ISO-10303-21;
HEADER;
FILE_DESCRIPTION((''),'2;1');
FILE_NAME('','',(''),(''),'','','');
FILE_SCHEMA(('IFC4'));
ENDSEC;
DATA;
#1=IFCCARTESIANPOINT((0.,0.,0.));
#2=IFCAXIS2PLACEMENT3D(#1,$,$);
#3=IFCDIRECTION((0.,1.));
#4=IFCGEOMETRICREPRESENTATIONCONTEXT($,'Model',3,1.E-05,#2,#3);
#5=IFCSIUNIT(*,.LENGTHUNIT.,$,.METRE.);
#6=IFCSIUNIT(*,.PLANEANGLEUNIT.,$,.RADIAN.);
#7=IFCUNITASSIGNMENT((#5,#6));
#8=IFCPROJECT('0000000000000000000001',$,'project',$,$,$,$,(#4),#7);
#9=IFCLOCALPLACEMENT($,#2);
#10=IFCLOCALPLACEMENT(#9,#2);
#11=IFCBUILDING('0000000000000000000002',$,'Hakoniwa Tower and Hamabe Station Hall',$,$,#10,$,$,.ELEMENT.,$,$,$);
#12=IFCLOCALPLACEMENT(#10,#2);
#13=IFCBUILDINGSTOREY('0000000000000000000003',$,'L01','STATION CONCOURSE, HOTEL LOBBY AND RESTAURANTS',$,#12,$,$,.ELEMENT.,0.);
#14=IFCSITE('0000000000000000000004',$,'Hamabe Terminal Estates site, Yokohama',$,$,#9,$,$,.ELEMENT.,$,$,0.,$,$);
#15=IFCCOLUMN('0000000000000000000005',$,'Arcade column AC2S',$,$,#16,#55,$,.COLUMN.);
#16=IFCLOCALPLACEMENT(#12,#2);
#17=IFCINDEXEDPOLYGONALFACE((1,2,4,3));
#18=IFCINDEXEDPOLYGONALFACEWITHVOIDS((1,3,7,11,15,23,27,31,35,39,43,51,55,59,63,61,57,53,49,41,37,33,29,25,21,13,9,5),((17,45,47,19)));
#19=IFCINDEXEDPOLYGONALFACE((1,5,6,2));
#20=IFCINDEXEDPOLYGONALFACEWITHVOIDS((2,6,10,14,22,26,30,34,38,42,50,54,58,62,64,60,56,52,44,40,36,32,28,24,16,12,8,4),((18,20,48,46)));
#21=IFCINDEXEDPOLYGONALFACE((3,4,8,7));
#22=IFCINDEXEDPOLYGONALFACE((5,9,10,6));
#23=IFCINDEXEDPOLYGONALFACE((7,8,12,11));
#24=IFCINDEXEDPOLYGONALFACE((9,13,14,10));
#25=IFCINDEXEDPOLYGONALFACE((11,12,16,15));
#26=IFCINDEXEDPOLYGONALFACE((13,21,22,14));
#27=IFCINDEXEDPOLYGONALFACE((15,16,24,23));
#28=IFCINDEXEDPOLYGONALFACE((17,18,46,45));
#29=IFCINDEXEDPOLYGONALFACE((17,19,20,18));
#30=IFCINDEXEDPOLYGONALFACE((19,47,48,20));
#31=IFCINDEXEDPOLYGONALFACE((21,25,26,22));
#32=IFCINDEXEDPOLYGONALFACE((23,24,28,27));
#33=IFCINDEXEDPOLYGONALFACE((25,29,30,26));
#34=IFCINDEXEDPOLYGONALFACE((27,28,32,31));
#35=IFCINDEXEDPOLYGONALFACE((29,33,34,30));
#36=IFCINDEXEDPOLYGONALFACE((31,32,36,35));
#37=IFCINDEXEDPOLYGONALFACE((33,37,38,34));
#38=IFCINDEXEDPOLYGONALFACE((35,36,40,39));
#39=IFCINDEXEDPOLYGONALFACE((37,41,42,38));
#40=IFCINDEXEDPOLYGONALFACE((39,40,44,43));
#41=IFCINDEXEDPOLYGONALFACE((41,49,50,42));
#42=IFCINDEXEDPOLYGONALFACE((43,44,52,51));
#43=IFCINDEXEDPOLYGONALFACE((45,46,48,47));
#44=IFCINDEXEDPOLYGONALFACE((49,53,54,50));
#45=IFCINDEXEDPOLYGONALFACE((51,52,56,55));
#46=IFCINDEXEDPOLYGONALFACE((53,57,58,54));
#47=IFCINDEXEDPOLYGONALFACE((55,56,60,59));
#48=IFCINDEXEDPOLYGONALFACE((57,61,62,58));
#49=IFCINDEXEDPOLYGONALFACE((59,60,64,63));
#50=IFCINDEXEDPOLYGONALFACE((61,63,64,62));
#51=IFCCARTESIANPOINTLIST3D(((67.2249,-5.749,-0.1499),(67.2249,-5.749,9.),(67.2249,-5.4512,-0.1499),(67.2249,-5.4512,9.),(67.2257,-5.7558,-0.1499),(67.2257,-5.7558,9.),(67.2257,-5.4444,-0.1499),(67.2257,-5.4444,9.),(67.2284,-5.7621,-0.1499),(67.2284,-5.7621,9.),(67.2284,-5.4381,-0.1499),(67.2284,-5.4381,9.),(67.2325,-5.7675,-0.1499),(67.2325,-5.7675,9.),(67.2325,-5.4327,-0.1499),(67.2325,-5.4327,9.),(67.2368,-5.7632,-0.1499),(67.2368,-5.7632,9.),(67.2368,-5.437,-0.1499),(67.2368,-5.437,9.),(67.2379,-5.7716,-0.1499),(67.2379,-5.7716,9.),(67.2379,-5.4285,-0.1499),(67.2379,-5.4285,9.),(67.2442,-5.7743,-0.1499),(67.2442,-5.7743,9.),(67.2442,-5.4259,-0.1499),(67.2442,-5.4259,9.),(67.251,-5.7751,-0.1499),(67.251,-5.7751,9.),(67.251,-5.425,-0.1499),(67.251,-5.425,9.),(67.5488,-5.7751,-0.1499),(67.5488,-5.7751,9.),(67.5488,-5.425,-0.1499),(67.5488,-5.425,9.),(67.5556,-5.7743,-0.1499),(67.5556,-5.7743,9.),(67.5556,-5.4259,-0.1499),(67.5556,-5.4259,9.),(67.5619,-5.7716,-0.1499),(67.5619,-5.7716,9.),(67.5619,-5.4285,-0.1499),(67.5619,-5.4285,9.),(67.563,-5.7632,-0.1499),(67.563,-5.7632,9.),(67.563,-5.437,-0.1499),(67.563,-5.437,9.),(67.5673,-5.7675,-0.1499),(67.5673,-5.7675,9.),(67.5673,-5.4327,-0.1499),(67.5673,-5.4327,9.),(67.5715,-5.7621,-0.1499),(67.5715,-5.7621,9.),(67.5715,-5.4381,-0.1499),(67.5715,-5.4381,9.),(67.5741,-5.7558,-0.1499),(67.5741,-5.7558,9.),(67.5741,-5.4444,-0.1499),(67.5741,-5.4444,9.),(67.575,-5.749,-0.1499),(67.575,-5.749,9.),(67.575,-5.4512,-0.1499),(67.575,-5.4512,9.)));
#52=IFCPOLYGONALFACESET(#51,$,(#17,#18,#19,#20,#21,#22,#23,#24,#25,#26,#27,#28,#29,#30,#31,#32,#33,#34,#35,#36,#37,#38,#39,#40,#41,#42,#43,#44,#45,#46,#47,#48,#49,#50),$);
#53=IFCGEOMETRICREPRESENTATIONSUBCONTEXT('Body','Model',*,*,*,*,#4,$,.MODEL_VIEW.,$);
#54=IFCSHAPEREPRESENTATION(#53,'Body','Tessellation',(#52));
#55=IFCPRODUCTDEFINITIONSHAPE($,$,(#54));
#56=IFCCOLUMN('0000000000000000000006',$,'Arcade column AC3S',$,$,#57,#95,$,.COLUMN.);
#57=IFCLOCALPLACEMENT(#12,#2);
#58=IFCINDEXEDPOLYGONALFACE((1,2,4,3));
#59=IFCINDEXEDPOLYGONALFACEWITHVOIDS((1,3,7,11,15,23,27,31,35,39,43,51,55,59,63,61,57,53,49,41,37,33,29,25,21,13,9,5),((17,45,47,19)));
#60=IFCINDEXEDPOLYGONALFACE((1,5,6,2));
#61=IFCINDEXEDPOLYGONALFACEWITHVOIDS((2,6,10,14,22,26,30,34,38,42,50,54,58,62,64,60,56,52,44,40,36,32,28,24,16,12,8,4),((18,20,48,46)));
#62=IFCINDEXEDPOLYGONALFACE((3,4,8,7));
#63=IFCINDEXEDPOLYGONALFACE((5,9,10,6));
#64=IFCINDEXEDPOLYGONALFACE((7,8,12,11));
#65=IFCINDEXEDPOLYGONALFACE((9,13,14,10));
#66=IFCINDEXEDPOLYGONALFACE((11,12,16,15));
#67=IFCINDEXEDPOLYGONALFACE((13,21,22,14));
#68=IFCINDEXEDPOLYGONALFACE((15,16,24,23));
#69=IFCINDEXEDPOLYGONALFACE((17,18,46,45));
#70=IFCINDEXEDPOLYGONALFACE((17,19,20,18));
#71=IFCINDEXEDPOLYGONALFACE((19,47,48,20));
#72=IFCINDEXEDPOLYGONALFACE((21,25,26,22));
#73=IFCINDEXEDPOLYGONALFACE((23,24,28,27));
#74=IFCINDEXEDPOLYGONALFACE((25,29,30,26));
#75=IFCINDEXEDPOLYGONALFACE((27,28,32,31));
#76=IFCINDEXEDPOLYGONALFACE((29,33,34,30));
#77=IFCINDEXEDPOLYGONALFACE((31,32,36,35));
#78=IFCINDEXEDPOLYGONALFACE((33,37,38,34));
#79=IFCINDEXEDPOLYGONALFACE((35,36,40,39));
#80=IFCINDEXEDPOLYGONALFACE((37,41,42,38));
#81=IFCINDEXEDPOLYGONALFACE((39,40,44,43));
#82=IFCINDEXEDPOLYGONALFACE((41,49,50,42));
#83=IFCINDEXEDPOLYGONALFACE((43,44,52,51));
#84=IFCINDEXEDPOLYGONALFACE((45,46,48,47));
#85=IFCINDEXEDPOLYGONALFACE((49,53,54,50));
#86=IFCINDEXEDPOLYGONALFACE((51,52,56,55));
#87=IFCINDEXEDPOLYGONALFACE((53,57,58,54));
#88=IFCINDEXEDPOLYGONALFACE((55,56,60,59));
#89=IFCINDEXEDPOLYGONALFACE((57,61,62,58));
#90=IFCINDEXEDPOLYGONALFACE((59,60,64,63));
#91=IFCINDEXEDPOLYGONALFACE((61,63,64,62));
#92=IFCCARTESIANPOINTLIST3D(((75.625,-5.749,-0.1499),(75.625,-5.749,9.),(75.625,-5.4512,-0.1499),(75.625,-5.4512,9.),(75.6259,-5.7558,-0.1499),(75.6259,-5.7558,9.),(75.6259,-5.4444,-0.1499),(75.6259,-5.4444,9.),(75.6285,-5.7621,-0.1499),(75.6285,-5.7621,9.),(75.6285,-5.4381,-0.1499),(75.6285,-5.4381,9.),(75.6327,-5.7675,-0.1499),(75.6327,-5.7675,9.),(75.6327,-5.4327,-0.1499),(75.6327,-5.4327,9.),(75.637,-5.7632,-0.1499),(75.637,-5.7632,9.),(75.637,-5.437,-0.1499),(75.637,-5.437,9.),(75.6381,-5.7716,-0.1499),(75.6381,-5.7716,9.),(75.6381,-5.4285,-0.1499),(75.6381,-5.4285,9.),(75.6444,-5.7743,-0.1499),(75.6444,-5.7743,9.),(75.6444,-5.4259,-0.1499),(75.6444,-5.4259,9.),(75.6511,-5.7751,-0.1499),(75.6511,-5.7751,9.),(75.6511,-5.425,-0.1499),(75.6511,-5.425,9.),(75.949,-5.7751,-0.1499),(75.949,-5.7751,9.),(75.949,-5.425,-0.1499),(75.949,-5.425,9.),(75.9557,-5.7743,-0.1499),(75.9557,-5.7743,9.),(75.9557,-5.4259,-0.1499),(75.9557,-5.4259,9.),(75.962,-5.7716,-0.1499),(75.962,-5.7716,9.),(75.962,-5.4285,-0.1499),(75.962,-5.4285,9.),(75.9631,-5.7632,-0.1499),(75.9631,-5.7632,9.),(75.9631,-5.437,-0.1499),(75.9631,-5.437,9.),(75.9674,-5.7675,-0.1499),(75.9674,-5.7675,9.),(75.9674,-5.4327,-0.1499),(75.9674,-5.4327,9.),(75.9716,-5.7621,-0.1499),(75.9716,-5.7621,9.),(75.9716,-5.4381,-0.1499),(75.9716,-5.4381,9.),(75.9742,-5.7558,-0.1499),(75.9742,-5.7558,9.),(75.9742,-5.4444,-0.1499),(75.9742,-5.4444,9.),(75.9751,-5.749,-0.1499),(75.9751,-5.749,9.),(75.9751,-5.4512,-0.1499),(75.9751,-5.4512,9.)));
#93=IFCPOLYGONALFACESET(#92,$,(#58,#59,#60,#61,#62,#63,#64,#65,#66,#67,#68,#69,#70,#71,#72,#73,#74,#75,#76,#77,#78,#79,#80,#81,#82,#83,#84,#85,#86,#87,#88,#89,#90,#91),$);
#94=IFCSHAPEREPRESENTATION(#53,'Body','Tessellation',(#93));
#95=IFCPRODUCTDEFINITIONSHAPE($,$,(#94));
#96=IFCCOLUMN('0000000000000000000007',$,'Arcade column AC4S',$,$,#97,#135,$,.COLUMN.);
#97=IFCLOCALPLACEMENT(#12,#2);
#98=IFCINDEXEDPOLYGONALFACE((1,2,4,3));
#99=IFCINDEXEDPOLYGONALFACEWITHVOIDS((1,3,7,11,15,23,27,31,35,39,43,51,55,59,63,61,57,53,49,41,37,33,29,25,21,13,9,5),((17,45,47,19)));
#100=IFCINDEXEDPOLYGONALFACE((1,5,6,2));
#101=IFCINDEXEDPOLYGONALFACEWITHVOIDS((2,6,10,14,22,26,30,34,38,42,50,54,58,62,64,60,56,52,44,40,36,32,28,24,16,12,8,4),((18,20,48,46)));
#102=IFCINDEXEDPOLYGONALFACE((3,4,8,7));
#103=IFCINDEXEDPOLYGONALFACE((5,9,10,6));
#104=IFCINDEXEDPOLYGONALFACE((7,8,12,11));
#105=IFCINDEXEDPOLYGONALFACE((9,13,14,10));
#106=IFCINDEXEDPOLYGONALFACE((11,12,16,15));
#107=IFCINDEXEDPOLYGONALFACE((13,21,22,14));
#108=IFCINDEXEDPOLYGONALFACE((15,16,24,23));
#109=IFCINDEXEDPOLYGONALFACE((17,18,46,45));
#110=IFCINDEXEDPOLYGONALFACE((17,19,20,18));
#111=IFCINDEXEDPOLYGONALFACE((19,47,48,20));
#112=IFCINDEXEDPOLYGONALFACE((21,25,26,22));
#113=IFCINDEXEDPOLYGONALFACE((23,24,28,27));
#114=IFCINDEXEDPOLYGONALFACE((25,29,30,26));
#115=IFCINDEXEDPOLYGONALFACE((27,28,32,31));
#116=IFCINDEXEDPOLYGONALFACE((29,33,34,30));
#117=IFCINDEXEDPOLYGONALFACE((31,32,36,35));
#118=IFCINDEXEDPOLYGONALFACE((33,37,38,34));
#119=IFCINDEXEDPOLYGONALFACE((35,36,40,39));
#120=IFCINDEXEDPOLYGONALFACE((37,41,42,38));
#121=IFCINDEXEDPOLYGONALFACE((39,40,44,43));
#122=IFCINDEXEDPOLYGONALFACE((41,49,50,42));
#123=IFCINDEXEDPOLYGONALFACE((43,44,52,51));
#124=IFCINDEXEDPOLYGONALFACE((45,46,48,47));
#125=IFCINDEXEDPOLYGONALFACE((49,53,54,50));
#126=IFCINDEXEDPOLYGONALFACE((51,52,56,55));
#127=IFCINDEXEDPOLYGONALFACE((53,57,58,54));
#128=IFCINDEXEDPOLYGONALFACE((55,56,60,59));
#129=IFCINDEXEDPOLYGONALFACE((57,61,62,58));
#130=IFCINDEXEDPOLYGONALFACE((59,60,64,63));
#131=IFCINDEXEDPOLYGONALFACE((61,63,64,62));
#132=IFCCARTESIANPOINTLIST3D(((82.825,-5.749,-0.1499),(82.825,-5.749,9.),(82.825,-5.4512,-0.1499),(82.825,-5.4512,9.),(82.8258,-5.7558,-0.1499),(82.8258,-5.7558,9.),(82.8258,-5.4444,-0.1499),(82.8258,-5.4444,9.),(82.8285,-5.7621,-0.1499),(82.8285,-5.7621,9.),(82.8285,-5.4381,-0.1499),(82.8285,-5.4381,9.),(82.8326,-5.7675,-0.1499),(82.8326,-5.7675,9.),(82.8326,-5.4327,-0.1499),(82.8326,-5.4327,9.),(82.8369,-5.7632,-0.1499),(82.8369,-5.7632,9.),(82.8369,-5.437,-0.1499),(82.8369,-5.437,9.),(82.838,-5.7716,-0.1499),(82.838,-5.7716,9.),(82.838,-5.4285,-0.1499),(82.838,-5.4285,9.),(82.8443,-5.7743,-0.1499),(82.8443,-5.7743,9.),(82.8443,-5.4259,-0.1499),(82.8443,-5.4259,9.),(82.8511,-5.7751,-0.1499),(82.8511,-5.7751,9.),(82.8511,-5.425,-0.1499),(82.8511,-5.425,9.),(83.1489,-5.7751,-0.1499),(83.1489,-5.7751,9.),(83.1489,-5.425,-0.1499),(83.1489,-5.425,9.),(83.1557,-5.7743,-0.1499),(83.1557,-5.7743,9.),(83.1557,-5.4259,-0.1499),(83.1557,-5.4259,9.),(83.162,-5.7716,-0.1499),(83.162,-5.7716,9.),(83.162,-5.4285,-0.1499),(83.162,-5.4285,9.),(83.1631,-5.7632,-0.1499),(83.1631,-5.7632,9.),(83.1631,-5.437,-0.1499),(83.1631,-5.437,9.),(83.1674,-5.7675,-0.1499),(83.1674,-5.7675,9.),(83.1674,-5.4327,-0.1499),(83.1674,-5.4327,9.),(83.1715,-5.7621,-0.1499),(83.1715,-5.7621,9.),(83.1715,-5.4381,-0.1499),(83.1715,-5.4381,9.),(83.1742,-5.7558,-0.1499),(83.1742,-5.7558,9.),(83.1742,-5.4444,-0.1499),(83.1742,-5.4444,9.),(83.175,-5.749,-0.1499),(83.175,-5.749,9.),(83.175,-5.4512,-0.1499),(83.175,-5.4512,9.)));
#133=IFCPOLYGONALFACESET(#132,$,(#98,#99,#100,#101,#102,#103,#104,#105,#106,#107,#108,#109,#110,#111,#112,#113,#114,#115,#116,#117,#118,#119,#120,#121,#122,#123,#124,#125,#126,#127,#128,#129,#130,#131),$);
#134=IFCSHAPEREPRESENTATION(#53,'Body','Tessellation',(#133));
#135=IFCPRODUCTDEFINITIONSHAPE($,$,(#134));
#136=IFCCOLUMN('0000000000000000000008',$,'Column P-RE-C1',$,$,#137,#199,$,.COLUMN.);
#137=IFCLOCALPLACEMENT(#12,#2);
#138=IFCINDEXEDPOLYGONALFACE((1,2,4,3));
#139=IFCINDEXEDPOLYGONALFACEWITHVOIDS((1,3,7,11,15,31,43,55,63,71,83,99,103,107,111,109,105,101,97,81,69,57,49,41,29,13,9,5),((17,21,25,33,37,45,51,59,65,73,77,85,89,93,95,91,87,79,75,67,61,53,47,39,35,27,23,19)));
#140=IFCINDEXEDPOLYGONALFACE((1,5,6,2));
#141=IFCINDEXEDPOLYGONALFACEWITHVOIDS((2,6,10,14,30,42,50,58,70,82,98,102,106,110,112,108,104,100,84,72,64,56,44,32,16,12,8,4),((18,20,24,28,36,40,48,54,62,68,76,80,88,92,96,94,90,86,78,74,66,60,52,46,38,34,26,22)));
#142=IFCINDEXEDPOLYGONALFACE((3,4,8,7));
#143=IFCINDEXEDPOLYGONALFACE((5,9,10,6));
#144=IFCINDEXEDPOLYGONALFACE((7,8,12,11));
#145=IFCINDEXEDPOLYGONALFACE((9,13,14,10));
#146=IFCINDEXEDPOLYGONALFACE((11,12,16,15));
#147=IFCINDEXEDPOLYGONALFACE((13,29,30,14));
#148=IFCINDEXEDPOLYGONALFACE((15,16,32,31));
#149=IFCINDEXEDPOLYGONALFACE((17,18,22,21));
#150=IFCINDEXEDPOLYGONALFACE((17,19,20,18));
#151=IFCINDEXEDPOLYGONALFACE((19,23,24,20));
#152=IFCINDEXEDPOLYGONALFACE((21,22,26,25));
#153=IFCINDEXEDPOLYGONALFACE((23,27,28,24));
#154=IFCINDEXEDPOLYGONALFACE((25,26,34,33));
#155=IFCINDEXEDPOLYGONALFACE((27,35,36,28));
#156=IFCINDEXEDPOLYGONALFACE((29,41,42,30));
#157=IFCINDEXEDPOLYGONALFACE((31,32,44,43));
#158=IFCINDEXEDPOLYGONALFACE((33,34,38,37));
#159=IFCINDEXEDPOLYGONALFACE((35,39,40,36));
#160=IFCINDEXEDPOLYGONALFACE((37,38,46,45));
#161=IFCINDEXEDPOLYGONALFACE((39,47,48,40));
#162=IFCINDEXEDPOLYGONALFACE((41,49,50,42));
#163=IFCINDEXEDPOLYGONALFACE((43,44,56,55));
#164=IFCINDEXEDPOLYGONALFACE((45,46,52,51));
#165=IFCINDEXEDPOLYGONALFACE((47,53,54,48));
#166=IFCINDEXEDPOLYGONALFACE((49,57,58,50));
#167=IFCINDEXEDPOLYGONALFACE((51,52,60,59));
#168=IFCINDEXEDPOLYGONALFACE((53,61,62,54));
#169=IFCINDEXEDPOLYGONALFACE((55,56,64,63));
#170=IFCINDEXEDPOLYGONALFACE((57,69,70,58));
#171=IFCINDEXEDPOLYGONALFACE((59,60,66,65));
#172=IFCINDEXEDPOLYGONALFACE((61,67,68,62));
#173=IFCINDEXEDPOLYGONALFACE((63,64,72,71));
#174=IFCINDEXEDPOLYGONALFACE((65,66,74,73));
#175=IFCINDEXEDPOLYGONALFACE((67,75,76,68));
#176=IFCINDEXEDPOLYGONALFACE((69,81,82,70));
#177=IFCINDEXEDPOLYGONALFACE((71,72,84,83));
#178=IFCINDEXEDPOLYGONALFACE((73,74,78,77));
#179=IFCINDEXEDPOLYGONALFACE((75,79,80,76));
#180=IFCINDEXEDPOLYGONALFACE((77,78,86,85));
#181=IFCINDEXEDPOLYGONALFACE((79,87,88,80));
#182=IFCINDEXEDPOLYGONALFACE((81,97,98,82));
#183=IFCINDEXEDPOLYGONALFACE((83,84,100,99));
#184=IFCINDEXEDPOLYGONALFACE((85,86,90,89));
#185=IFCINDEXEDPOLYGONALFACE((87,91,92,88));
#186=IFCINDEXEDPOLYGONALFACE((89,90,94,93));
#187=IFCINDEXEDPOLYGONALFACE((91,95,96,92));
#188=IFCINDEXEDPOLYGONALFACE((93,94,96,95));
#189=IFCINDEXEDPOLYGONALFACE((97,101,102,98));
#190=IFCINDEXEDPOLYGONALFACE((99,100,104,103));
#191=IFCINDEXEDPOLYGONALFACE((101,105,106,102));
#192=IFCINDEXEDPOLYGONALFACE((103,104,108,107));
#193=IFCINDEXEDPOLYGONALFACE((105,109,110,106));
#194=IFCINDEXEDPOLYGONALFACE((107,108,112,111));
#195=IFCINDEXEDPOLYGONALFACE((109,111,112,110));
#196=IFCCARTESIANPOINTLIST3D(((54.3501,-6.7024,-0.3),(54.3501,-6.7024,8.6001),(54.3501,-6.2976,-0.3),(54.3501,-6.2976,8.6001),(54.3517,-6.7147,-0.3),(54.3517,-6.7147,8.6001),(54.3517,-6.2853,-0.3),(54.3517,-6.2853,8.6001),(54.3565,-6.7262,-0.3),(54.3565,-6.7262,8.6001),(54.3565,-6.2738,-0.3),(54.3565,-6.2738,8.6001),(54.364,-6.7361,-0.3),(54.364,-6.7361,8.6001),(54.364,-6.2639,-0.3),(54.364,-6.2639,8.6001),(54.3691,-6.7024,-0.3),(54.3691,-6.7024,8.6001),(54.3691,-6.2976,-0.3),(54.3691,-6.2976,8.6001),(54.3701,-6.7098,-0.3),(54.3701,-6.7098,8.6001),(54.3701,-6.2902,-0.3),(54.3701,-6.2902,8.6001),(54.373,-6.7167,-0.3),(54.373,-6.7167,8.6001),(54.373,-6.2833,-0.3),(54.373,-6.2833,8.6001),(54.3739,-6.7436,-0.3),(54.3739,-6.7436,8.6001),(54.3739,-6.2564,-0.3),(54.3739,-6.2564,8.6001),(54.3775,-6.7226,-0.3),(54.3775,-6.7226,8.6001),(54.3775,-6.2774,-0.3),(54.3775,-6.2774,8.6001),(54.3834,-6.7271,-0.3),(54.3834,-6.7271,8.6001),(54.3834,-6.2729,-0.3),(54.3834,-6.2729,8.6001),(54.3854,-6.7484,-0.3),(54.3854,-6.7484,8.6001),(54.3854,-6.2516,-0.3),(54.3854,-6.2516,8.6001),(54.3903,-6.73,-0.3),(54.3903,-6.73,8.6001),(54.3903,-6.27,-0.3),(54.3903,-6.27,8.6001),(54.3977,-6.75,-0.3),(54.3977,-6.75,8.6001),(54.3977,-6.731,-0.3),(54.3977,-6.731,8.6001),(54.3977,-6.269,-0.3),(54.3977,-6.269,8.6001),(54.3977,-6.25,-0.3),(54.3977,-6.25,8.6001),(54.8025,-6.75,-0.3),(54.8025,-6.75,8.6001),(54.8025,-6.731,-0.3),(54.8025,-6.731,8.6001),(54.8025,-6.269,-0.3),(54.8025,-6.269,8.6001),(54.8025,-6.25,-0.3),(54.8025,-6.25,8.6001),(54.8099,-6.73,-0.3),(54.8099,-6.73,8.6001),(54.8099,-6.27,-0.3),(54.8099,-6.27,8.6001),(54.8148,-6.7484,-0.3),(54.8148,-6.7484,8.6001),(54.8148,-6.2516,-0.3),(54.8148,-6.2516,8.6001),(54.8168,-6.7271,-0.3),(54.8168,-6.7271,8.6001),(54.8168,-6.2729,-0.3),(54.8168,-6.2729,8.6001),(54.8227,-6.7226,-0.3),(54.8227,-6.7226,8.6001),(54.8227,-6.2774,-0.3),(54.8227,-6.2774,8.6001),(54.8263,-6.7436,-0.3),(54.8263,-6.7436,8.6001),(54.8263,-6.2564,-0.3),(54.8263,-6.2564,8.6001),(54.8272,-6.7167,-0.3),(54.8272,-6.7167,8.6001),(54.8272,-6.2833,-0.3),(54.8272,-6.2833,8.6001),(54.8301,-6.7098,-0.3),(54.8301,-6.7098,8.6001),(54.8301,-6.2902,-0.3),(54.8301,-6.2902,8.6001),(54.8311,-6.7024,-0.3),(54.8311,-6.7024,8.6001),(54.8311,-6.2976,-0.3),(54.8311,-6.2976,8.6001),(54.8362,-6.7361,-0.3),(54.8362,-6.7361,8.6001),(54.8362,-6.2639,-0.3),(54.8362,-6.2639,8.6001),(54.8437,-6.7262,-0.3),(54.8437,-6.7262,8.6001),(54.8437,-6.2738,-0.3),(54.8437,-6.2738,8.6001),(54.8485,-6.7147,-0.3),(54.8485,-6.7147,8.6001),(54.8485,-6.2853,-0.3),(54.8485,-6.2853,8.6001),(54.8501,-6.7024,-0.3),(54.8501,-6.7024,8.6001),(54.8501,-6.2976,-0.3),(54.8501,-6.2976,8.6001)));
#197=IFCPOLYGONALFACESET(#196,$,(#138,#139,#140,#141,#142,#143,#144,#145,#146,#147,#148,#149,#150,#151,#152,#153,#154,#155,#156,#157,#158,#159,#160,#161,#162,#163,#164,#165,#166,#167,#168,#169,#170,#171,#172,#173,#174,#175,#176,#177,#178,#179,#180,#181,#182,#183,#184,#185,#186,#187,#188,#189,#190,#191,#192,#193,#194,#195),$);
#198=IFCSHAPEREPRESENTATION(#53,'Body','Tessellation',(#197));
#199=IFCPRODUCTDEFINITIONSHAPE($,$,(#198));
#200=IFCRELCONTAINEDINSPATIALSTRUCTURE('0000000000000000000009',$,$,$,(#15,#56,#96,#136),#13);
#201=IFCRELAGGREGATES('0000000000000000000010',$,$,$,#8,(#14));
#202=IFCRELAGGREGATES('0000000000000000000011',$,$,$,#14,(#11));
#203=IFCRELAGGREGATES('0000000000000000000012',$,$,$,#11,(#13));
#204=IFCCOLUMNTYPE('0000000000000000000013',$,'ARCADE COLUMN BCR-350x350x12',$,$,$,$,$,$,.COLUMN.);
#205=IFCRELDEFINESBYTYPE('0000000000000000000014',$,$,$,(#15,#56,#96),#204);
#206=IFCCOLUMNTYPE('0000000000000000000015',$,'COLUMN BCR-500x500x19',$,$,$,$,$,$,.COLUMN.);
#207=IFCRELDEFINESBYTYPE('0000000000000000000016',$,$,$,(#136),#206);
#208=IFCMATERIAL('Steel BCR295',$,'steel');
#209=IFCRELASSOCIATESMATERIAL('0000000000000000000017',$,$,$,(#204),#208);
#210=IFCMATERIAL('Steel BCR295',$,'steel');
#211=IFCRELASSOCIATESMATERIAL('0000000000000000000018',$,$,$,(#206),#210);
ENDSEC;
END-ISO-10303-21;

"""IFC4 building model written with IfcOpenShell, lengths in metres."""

from ifc_helpers import new_model, si_unit, direction, frame, origin, origin_2d, place, context, subcontext, project, spatial, hollow_rectangle, extrude, material, material_profile, profile_set, type_object, element, save


model = new_model("IFC4")

# Units and contexts
model_context = context("Model", 3, precision=1e-05, world=origin(), true_north=direction((0.0, 1.0)))
body_context = subcontext(model_context, "Body", "Model", "MODEL_VIEW")
ifc_project = project(units=[si_unit("LENGTHUNIT", "METRE"), si_unit("PLANEANGLEUNIT", "RADIAN")], contexts=[model_context])

# Site, building, storey
site_placement = place(None, origin())
site = spatial("IfcSite", under=ifc_project, at=site_placement, Name="Hamabe Terminal Estates site, Yokohama", CompositionType="ELEMENT", RefElevation=0.0)
building_placement = place(site_placement, origin())
building = spatial("IfcBuilding", under=site, at=building_placement, Name="Hakoniwa Tower and Hamabe Station Hall", CompositionType="ELEMENT")
storey_placement = place(building_placement, origin())
storey = spatial("IfcBuildingStorey", under=building, at=storey_placement, Name="L01", Description="STATION CONCOURSE, HOTEL LOBBY AND RESTAURANTS", CompositionType="ELEMENT", Elevation=0.0)

# Columns
ifc_material_1 = material(Name="Steel BCR295", Category="steel")
ifc_material_profile_1 = material_profile(ifc_material_1, hollow_rectangle(XDim=0.3501, YDim=0.3501, WallThickness=0.012, OuterFilletRadius=0.0261, at=origin_2d()), Name="ARCADE COLUMN BCR-350x350x12")
ifc_profile_set_1 = profile_set([ifc_material_profile_1], Name="Steel BCR295")
column_type_1 = type_object("IfcColumnType", Name="ARCADE COLUMN BCR-350x350x12", PredefinedType="COLUMN", material=ifc_profile_set_1)
for number, where, z_axis, x_axis, name in (
    (1, (67.3999, -5.6001, -0.1499), (0.0, 0.0, 1.0), (1.0, 0.0, 0.0), "Arcade column AC2S"),
    (2, (75.8, -5.6001, -0.1499), (0.0, 0.0, 1.0), (1.0, 0.0, 0.0), "Arcade column AC3S"),
    (3, (83.0, -5.6001, -0.1499), (0.0, 0.0, 1.0), (1.0, 0.0, 0.0), "Arcade column AC4S"),
):
    element("IfcColumn", number, at=place(storey_placement, frame(where, z_axis=z_axis, x_axis=x_axis)), inside=storey, type_object=column_type_1, Name=name, PredefinedType="COLUMN", context=body_context, shape_type="SweptSolid", body=[
        extrude(hollow_rectangle(XDim=0.3501, YDim=0.3501, WallThickness=0.012, OuterFilletRadius=0.0261, at=origin_2d()), origin(), (0.0, 0.0, 1.0), 9.1499),
    ])
ifc_material_2 = material(Name="Steel BCR295", Category="steel")
ifc_material_profile_2 = material_profile(ifc_material_2, hollow_rectangle(XDim=0.5, YDim=0.5, WallThickness=0.019, InnerFilletRadius=0.0286, OuterFilletRadius=0.0476, at=origin_2d()), Name="BCR-500x500x19")
ifc_profile_set_2 = profile_set([ifc_material_profile_2], Name="Steel BCR295")
column_type_2 = type_object("IfcColumnType", Name="COLUMN BCR-500x500x19", PredefinedType="COLUMN", material=ifc_profile_set_2)
for number, where, z_axis, x_axis, name in (
    (4, (54.6001, -6.5, -0.3), (0.0, 0.0, 1.0), (1.0, 0.0, 0.0), "Column P-RE-C1"),
):
    element("IfcColumn", number, at=place(storey_placement, frame(where, z_axis=z_axis, x_axis=x_axis)), inside=storey, type_object=column_type_2, Name=name, PredefinedType="COLUMN", context=body_context, shape_type="SweptSolid", body=[
        extrude(hollow_rectangle(XDim=0.5, YDim=0.5, WallThickness=0.019, InnerFilletRadius=0.0286, OuterFilletRadius=0.0476, at=origin_2d()), origin(), (0.0, 0.0, 1.0), 8.9001),
    ])

save(model, "model.ifc")
